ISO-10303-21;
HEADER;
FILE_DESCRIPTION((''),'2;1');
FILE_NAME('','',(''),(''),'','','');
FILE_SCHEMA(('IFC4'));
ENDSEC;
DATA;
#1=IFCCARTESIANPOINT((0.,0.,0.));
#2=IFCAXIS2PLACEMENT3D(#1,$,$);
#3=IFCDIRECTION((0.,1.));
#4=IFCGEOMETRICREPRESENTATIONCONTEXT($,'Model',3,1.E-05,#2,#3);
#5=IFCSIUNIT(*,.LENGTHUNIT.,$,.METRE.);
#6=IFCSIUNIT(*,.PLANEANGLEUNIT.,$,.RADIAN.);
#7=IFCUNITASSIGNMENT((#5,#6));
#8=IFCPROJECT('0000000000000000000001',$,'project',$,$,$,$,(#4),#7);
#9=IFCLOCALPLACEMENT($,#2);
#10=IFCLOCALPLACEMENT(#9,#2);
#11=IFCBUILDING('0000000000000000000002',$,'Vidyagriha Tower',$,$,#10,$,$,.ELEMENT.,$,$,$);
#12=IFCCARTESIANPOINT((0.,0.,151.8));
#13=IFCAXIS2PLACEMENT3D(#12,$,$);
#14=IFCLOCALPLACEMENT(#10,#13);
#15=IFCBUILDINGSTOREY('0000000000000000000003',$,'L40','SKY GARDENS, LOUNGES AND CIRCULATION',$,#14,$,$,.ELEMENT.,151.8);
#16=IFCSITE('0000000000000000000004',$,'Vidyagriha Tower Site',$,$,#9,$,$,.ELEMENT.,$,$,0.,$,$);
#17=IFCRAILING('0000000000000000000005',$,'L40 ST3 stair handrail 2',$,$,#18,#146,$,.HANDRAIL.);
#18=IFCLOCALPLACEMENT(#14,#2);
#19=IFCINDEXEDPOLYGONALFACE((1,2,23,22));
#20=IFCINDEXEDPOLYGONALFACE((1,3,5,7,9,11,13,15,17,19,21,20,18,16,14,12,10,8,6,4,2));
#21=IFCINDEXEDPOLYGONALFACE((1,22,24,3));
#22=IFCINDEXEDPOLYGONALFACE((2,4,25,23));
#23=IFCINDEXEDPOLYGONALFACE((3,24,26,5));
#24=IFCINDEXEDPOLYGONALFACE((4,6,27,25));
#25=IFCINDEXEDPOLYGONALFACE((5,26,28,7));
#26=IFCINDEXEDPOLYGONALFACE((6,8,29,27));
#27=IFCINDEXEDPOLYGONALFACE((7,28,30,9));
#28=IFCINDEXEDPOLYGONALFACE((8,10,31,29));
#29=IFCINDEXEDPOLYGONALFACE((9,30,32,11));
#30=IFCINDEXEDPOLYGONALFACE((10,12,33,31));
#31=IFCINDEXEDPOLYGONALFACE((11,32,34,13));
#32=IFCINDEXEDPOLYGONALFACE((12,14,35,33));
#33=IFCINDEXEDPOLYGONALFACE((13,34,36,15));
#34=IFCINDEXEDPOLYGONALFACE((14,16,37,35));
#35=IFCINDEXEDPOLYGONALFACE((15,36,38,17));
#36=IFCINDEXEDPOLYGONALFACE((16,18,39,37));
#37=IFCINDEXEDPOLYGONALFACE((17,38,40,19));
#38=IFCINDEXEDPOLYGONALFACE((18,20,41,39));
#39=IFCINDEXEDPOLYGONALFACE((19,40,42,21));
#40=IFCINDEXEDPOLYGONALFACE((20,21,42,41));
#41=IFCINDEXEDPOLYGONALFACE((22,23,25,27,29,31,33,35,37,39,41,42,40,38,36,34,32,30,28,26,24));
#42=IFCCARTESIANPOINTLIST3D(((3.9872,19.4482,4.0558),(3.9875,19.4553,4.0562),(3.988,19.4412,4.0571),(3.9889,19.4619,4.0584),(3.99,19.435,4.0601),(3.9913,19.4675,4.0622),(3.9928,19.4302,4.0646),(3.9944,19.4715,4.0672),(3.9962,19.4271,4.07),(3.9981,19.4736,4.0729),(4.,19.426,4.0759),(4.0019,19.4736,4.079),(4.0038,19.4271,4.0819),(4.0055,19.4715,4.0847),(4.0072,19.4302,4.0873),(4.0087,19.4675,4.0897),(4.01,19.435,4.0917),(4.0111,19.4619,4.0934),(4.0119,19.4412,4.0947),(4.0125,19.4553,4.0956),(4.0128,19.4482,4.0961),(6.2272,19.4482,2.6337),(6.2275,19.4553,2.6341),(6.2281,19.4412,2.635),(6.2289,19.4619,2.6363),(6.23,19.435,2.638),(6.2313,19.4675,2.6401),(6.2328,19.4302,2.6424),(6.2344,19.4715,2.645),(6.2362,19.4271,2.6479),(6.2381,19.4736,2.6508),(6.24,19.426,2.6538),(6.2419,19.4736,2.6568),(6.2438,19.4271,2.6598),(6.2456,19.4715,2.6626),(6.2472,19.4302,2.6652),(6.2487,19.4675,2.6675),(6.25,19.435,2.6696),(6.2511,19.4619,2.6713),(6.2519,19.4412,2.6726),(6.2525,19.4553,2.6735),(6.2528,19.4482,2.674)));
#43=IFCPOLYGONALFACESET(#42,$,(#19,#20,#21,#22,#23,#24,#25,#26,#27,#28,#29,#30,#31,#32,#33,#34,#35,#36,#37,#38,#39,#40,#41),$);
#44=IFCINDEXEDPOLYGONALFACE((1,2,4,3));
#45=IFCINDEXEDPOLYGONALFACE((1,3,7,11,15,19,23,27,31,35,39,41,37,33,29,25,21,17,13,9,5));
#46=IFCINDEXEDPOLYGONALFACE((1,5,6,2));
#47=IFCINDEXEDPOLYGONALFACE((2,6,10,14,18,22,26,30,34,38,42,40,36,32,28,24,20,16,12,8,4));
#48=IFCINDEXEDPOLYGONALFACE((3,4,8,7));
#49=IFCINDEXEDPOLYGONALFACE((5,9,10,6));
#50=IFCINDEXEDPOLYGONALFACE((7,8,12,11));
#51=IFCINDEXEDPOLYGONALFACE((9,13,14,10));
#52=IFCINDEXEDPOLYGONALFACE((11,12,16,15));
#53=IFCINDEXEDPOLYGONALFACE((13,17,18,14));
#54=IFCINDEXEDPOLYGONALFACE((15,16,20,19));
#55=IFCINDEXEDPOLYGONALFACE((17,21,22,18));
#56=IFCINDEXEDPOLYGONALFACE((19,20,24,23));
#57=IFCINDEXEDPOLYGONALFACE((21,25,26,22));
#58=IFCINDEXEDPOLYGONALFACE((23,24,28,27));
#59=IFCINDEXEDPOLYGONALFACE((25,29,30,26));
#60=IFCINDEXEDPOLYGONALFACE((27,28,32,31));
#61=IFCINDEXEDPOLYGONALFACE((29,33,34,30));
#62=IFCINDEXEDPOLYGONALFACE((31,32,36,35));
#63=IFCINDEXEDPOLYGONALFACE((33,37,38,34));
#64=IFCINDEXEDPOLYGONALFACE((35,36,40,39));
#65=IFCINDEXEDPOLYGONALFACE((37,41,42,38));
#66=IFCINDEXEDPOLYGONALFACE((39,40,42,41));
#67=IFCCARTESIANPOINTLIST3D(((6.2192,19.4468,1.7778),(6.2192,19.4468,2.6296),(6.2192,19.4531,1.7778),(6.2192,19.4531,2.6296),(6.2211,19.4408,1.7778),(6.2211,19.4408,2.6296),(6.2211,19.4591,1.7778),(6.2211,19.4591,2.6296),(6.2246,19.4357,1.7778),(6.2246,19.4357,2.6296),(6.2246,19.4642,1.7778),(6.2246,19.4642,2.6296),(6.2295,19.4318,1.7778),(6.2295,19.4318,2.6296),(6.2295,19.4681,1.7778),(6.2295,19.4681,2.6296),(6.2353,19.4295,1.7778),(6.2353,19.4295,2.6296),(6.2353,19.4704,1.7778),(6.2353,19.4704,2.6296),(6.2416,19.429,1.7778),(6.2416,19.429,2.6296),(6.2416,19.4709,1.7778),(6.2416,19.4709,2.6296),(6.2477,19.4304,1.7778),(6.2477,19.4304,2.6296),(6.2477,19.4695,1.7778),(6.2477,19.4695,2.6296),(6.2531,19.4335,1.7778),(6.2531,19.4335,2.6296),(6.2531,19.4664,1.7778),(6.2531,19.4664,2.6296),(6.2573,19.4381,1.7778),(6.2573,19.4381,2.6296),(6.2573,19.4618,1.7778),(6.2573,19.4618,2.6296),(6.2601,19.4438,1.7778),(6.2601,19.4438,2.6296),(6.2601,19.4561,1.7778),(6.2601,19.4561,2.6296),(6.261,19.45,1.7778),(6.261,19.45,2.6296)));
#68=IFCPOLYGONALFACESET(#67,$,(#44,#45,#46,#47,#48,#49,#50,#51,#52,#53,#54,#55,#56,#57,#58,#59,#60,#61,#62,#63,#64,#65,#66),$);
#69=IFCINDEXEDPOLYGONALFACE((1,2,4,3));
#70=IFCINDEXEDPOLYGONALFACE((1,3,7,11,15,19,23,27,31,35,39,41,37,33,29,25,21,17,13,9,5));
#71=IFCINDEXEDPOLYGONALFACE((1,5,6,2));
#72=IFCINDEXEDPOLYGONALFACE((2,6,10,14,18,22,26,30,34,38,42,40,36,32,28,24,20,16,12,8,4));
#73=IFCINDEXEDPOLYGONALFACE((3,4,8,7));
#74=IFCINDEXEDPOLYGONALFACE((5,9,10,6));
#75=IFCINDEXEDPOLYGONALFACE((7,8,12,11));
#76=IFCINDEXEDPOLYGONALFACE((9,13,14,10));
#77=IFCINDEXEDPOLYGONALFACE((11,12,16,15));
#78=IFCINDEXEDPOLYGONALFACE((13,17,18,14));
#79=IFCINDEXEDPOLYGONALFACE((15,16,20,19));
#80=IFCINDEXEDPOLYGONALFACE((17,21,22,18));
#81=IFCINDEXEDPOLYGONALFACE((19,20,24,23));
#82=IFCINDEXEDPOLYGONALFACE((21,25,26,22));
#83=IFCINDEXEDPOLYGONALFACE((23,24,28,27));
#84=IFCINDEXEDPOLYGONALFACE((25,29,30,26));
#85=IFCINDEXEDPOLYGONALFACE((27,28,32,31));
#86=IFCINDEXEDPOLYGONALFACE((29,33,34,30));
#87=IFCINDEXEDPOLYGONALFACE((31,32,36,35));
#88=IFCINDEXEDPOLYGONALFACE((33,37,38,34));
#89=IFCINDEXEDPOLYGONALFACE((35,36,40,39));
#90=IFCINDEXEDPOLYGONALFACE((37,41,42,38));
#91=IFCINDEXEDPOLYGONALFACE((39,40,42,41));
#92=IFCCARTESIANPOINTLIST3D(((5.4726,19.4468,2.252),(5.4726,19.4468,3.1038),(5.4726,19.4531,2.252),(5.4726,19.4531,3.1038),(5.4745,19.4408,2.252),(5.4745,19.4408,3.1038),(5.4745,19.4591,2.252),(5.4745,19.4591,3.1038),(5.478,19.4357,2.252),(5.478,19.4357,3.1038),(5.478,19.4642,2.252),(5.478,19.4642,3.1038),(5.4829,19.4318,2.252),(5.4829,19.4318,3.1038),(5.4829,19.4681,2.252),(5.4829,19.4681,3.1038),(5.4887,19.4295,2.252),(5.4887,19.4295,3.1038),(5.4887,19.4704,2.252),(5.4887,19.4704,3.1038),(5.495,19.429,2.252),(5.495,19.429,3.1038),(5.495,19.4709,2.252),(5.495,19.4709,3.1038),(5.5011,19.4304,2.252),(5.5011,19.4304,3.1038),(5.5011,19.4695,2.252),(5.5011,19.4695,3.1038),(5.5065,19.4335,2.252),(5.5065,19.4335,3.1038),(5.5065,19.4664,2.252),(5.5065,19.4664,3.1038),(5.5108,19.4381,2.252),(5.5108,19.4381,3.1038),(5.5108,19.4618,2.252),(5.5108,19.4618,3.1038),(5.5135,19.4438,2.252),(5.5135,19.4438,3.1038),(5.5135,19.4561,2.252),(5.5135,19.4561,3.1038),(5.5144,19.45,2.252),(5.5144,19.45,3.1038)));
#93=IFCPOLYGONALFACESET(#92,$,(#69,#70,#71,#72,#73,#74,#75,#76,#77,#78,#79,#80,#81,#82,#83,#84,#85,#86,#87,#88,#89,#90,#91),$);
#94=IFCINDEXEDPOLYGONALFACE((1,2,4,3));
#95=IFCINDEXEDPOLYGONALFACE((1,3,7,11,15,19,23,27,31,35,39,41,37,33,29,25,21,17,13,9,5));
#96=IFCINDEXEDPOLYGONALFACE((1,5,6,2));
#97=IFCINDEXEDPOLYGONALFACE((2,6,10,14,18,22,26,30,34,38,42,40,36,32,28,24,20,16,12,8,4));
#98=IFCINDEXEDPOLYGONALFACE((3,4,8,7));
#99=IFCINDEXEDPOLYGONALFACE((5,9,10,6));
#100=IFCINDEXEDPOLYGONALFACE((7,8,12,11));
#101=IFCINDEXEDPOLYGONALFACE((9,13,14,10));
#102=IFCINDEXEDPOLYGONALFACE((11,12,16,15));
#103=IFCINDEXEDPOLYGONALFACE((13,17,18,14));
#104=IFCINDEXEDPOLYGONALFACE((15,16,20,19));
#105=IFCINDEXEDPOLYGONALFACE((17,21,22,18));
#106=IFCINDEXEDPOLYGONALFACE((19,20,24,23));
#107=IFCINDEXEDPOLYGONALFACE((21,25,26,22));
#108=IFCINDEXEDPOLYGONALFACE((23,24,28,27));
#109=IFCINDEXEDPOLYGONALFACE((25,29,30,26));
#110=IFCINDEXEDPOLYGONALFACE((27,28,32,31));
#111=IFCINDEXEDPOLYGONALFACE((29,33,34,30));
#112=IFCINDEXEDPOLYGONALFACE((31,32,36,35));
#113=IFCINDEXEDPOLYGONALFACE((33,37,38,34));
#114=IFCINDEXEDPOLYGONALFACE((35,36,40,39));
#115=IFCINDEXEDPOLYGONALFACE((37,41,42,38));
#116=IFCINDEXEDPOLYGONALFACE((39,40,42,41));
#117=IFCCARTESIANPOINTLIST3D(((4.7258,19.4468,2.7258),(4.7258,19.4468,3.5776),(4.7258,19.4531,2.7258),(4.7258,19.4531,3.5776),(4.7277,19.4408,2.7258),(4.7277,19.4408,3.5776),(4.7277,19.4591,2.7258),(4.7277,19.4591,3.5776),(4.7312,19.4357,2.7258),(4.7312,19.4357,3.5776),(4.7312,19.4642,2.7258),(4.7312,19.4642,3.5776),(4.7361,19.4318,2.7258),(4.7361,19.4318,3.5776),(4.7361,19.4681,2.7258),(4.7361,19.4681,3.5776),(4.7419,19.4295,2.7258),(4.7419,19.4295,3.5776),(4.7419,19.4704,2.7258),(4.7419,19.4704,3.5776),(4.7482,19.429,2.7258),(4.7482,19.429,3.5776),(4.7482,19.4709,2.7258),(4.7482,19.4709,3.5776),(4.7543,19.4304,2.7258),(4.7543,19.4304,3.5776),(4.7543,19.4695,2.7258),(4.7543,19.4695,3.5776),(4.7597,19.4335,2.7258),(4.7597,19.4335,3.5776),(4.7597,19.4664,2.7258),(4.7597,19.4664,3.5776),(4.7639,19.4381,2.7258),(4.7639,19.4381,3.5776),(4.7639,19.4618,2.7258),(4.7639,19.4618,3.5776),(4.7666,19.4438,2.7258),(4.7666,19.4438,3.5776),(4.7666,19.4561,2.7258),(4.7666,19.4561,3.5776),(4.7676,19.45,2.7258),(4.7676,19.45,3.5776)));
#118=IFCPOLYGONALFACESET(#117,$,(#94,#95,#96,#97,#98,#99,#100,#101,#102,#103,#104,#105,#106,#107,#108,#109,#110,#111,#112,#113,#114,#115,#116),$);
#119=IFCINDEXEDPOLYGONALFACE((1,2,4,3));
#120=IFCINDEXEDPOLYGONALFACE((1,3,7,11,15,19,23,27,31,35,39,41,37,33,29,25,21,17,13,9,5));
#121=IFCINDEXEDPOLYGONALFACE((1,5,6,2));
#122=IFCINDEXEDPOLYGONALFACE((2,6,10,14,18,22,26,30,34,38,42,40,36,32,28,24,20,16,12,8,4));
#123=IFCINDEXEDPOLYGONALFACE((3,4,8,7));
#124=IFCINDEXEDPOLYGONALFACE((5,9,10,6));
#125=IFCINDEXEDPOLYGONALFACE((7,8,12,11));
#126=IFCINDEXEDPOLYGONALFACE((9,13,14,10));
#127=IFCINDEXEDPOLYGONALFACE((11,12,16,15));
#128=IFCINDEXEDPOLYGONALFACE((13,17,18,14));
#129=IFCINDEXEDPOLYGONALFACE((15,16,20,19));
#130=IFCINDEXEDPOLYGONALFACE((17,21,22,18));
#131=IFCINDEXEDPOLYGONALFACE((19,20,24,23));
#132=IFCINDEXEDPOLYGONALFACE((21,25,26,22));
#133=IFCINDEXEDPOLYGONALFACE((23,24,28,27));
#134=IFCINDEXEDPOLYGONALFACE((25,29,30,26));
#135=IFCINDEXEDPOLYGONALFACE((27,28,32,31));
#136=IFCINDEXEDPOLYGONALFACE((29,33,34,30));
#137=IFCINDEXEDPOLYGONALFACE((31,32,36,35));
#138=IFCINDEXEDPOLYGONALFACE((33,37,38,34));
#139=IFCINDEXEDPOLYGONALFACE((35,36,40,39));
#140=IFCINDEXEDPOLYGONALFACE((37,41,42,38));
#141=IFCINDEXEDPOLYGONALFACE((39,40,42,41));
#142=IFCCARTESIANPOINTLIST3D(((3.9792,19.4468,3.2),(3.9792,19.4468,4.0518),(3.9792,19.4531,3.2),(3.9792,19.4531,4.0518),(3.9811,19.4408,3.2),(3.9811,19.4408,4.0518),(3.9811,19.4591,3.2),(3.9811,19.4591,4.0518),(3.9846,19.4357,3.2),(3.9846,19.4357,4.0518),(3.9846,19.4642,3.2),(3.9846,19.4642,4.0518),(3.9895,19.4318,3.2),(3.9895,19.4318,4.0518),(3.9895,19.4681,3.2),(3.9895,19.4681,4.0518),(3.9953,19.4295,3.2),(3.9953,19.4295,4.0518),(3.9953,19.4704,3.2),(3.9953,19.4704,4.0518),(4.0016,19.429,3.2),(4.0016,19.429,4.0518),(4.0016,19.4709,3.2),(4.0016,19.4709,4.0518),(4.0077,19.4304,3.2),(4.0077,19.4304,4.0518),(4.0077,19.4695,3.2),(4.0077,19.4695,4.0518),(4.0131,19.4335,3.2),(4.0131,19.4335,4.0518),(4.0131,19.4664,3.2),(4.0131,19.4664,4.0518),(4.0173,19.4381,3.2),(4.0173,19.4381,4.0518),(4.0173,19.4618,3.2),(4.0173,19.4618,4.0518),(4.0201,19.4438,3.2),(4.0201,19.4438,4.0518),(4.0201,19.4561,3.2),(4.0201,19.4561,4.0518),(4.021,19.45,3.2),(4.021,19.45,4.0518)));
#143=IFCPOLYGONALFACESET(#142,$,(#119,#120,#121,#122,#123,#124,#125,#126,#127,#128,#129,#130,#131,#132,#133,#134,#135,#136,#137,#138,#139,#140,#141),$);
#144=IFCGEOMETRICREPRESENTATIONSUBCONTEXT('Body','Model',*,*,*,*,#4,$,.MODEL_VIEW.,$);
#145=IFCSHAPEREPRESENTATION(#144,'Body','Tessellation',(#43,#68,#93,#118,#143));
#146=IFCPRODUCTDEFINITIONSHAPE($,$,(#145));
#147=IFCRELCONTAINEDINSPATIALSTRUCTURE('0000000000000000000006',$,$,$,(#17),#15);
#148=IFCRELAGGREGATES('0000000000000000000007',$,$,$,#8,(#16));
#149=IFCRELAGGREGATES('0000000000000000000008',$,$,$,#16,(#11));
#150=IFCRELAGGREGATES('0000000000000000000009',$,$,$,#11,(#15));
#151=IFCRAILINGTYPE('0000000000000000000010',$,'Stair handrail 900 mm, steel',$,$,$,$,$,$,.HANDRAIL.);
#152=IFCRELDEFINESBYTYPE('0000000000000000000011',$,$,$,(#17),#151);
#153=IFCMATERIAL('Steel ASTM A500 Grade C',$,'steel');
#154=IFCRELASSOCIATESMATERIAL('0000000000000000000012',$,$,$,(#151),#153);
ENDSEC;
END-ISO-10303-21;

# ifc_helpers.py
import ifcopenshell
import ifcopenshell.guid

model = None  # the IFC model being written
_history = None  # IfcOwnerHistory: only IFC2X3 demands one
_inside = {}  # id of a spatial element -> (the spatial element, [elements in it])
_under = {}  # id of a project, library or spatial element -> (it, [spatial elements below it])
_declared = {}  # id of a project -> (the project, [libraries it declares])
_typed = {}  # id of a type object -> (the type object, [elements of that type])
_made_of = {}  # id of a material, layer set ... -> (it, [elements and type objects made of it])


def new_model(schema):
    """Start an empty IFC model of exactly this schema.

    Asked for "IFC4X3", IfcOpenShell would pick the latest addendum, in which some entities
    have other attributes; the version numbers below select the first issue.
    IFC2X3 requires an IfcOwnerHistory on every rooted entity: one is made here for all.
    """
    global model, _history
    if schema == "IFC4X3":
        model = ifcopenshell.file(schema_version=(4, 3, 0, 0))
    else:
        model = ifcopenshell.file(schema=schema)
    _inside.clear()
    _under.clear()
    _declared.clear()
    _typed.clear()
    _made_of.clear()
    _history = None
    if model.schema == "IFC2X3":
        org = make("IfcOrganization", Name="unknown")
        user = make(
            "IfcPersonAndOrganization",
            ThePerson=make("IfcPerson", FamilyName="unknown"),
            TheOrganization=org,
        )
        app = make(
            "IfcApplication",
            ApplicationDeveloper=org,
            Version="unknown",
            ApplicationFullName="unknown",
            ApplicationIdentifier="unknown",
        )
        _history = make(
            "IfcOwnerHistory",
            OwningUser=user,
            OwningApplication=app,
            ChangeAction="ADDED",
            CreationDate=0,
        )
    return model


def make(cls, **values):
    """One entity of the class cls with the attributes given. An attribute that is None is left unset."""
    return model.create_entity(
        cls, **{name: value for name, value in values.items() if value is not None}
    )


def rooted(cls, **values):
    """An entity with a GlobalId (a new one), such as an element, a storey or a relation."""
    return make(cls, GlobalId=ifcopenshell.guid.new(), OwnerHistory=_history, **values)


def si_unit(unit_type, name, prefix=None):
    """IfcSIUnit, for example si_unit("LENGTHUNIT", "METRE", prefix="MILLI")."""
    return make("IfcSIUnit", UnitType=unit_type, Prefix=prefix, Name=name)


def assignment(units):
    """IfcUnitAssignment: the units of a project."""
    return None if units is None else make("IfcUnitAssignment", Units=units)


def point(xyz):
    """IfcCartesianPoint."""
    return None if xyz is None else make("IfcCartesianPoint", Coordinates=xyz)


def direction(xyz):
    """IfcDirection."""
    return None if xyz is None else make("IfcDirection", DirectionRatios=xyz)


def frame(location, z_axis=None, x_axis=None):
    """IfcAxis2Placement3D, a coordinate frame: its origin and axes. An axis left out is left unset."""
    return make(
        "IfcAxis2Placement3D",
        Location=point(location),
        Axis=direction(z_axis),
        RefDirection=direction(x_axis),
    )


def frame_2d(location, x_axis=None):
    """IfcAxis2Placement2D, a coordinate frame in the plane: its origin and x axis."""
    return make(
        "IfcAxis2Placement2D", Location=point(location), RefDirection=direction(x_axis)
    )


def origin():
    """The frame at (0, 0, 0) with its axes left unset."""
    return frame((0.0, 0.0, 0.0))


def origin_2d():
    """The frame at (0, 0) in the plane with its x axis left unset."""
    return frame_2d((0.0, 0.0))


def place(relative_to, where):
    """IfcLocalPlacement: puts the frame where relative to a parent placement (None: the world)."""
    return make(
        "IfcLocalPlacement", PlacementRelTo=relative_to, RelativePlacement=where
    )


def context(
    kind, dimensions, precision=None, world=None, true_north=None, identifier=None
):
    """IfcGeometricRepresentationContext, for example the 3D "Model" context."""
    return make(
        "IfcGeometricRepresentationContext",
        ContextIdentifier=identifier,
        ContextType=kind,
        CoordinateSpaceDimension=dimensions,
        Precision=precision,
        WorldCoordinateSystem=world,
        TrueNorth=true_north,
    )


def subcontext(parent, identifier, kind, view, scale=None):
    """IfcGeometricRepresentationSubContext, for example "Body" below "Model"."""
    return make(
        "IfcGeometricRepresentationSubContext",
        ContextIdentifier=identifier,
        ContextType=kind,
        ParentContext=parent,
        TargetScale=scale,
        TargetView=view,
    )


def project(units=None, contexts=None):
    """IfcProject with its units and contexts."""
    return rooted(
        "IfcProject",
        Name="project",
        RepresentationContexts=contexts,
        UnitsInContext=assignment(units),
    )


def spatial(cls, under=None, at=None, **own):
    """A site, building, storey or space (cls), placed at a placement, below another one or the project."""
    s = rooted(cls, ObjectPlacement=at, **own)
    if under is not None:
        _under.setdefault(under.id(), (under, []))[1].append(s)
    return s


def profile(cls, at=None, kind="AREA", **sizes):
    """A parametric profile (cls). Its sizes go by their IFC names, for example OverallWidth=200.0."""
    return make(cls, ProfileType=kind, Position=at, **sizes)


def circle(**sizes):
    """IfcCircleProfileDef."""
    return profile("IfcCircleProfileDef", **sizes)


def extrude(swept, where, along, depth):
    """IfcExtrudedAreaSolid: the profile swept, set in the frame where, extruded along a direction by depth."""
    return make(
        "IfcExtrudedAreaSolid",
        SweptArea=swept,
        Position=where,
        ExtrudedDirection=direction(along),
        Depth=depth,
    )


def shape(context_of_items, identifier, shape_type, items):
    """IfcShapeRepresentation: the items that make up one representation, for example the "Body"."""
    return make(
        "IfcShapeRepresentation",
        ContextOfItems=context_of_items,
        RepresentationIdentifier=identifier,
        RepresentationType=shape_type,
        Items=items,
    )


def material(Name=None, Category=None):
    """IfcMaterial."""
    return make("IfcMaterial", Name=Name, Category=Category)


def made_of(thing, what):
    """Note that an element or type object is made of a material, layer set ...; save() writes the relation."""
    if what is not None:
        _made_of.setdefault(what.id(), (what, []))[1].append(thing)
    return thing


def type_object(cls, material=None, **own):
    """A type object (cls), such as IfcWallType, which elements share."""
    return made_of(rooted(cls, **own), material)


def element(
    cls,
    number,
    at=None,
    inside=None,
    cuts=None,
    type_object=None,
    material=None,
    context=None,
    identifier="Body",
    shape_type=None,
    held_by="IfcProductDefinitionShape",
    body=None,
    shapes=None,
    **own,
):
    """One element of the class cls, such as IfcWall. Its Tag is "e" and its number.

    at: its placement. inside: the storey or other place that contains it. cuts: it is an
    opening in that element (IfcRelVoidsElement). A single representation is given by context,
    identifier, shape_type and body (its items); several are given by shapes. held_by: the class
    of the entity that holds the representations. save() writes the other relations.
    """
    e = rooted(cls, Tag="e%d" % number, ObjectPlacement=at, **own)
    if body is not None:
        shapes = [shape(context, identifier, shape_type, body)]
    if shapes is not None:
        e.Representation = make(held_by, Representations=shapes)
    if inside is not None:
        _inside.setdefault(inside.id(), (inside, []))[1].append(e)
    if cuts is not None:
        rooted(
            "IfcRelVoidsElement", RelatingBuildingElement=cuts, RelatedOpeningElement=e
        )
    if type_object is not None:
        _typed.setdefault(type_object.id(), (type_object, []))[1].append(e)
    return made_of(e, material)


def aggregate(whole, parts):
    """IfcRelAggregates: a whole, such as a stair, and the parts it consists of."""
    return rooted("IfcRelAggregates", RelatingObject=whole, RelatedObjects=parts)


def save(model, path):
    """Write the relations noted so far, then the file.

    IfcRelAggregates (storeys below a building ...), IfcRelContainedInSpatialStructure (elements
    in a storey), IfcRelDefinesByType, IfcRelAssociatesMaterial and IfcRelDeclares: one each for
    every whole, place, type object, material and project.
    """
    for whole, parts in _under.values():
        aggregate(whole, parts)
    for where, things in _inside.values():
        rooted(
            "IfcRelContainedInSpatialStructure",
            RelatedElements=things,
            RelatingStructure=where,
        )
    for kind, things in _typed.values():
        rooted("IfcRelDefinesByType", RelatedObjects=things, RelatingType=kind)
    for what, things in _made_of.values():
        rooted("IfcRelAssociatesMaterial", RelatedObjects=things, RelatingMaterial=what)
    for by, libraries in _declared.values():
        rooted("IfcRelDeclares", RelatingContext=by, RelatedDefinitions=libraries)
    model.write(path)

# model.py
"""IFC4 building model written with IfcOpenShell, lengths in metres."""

from ifc_helpers import new_model, si_unit, direction, frame, origin, origin_2d, place, context, subcontext, project, spatial, circle, extrude, material, type_object, element, save


model = new_model("IFC4")

# Units and contexts
model_context = context("Model", 3, precision=1e-05, world=origin(), true_north=direction((0.0, 1.0)))
body_context = subcontext(model_context, "Body", "Model", "MODEL_VIEW")
ifc_project = project(units=[si_unit("LENGTHUNIT", "METRE"), si_unit("PLANEANGLEUNIT", "RADIAN")], contexts=[model_context])

# Site, building, storey
site_placement = place(None, origin())
site = spatial("IfcSite", under=ifc_project, at=site_placement, Name="Vidyagriha Tower Site", CompositionType="ELEMENT", RefElevation=0.0)
building_placement = place(site_placement, origin())
building = spatial("IfcBuilding", under=site, at=building_placement, Name="Vidyagriha Tower", CompositionType="ELEMENT")
storey_placement = place(building_placement, frame((0.0, 0.0, 151.8)))
storey = spatial("IfcBuildingStorey", under=building, at=storey_placement, Name="L40", Description="SKY GARDENS, LOUNGES AND CIRCULATION", CompositionType="ELEMENT", Elevation=151.8)

# Railing
ifc_material_1 = material(Name="Steel ASTM A500 Grade C", Category="steel")
railing_type_1 = type_object("IfcRailingType", Name="Stair handrail 900 mm, steel", PredefinedType="HANDRAIL", material=ifc_material_1)
for number, where, name in (
    (1, (6.24, 19.45, 1.7778), "L40 ST3 stair handrail 2"),
):
    element("IfcRailing", number, at=place(storey_placement, frame(where)), inside=storey, type_object=railing_type_1, Name=name, PredefinedType="HANDRAIL", context=body_context, shape_type="SweptSolid", body=[
        extrude(circle(Radius=0.0239, at=origin_2d()), frame((0.0, 0.0, 0.876), z_axis=(-0.844229, 0.0, 0.535982), x_axis=(0.0, -1.0, 0.0)), (0.0, 0.0, 1.0), 2.6533),
        extrude(circle(Radius=0.021, at=origin_2d()), origin(), (0.0, 0.0, 1.0), 0.8518),
        extrude(circle(Radius=0.021, at=origin_2d()), frame((-0.7466, 0.0, 0.4741)), (0.0, 0.0, 1.0), 0.8518),
        extrude(circle(Radius=0.021, at=origin_2d()), frame((-1.4934, 0.0, 0.948)), (0.0, 0.0, 1.0), 0.8518),
        extrude(circle(Radius=0.021, at=origin_2d()), frame((-2.24, 0.0, 1.4221)), (0.0, 0.0, 1.0), 0.8518),
    ])

save(model, "model.ifc")
